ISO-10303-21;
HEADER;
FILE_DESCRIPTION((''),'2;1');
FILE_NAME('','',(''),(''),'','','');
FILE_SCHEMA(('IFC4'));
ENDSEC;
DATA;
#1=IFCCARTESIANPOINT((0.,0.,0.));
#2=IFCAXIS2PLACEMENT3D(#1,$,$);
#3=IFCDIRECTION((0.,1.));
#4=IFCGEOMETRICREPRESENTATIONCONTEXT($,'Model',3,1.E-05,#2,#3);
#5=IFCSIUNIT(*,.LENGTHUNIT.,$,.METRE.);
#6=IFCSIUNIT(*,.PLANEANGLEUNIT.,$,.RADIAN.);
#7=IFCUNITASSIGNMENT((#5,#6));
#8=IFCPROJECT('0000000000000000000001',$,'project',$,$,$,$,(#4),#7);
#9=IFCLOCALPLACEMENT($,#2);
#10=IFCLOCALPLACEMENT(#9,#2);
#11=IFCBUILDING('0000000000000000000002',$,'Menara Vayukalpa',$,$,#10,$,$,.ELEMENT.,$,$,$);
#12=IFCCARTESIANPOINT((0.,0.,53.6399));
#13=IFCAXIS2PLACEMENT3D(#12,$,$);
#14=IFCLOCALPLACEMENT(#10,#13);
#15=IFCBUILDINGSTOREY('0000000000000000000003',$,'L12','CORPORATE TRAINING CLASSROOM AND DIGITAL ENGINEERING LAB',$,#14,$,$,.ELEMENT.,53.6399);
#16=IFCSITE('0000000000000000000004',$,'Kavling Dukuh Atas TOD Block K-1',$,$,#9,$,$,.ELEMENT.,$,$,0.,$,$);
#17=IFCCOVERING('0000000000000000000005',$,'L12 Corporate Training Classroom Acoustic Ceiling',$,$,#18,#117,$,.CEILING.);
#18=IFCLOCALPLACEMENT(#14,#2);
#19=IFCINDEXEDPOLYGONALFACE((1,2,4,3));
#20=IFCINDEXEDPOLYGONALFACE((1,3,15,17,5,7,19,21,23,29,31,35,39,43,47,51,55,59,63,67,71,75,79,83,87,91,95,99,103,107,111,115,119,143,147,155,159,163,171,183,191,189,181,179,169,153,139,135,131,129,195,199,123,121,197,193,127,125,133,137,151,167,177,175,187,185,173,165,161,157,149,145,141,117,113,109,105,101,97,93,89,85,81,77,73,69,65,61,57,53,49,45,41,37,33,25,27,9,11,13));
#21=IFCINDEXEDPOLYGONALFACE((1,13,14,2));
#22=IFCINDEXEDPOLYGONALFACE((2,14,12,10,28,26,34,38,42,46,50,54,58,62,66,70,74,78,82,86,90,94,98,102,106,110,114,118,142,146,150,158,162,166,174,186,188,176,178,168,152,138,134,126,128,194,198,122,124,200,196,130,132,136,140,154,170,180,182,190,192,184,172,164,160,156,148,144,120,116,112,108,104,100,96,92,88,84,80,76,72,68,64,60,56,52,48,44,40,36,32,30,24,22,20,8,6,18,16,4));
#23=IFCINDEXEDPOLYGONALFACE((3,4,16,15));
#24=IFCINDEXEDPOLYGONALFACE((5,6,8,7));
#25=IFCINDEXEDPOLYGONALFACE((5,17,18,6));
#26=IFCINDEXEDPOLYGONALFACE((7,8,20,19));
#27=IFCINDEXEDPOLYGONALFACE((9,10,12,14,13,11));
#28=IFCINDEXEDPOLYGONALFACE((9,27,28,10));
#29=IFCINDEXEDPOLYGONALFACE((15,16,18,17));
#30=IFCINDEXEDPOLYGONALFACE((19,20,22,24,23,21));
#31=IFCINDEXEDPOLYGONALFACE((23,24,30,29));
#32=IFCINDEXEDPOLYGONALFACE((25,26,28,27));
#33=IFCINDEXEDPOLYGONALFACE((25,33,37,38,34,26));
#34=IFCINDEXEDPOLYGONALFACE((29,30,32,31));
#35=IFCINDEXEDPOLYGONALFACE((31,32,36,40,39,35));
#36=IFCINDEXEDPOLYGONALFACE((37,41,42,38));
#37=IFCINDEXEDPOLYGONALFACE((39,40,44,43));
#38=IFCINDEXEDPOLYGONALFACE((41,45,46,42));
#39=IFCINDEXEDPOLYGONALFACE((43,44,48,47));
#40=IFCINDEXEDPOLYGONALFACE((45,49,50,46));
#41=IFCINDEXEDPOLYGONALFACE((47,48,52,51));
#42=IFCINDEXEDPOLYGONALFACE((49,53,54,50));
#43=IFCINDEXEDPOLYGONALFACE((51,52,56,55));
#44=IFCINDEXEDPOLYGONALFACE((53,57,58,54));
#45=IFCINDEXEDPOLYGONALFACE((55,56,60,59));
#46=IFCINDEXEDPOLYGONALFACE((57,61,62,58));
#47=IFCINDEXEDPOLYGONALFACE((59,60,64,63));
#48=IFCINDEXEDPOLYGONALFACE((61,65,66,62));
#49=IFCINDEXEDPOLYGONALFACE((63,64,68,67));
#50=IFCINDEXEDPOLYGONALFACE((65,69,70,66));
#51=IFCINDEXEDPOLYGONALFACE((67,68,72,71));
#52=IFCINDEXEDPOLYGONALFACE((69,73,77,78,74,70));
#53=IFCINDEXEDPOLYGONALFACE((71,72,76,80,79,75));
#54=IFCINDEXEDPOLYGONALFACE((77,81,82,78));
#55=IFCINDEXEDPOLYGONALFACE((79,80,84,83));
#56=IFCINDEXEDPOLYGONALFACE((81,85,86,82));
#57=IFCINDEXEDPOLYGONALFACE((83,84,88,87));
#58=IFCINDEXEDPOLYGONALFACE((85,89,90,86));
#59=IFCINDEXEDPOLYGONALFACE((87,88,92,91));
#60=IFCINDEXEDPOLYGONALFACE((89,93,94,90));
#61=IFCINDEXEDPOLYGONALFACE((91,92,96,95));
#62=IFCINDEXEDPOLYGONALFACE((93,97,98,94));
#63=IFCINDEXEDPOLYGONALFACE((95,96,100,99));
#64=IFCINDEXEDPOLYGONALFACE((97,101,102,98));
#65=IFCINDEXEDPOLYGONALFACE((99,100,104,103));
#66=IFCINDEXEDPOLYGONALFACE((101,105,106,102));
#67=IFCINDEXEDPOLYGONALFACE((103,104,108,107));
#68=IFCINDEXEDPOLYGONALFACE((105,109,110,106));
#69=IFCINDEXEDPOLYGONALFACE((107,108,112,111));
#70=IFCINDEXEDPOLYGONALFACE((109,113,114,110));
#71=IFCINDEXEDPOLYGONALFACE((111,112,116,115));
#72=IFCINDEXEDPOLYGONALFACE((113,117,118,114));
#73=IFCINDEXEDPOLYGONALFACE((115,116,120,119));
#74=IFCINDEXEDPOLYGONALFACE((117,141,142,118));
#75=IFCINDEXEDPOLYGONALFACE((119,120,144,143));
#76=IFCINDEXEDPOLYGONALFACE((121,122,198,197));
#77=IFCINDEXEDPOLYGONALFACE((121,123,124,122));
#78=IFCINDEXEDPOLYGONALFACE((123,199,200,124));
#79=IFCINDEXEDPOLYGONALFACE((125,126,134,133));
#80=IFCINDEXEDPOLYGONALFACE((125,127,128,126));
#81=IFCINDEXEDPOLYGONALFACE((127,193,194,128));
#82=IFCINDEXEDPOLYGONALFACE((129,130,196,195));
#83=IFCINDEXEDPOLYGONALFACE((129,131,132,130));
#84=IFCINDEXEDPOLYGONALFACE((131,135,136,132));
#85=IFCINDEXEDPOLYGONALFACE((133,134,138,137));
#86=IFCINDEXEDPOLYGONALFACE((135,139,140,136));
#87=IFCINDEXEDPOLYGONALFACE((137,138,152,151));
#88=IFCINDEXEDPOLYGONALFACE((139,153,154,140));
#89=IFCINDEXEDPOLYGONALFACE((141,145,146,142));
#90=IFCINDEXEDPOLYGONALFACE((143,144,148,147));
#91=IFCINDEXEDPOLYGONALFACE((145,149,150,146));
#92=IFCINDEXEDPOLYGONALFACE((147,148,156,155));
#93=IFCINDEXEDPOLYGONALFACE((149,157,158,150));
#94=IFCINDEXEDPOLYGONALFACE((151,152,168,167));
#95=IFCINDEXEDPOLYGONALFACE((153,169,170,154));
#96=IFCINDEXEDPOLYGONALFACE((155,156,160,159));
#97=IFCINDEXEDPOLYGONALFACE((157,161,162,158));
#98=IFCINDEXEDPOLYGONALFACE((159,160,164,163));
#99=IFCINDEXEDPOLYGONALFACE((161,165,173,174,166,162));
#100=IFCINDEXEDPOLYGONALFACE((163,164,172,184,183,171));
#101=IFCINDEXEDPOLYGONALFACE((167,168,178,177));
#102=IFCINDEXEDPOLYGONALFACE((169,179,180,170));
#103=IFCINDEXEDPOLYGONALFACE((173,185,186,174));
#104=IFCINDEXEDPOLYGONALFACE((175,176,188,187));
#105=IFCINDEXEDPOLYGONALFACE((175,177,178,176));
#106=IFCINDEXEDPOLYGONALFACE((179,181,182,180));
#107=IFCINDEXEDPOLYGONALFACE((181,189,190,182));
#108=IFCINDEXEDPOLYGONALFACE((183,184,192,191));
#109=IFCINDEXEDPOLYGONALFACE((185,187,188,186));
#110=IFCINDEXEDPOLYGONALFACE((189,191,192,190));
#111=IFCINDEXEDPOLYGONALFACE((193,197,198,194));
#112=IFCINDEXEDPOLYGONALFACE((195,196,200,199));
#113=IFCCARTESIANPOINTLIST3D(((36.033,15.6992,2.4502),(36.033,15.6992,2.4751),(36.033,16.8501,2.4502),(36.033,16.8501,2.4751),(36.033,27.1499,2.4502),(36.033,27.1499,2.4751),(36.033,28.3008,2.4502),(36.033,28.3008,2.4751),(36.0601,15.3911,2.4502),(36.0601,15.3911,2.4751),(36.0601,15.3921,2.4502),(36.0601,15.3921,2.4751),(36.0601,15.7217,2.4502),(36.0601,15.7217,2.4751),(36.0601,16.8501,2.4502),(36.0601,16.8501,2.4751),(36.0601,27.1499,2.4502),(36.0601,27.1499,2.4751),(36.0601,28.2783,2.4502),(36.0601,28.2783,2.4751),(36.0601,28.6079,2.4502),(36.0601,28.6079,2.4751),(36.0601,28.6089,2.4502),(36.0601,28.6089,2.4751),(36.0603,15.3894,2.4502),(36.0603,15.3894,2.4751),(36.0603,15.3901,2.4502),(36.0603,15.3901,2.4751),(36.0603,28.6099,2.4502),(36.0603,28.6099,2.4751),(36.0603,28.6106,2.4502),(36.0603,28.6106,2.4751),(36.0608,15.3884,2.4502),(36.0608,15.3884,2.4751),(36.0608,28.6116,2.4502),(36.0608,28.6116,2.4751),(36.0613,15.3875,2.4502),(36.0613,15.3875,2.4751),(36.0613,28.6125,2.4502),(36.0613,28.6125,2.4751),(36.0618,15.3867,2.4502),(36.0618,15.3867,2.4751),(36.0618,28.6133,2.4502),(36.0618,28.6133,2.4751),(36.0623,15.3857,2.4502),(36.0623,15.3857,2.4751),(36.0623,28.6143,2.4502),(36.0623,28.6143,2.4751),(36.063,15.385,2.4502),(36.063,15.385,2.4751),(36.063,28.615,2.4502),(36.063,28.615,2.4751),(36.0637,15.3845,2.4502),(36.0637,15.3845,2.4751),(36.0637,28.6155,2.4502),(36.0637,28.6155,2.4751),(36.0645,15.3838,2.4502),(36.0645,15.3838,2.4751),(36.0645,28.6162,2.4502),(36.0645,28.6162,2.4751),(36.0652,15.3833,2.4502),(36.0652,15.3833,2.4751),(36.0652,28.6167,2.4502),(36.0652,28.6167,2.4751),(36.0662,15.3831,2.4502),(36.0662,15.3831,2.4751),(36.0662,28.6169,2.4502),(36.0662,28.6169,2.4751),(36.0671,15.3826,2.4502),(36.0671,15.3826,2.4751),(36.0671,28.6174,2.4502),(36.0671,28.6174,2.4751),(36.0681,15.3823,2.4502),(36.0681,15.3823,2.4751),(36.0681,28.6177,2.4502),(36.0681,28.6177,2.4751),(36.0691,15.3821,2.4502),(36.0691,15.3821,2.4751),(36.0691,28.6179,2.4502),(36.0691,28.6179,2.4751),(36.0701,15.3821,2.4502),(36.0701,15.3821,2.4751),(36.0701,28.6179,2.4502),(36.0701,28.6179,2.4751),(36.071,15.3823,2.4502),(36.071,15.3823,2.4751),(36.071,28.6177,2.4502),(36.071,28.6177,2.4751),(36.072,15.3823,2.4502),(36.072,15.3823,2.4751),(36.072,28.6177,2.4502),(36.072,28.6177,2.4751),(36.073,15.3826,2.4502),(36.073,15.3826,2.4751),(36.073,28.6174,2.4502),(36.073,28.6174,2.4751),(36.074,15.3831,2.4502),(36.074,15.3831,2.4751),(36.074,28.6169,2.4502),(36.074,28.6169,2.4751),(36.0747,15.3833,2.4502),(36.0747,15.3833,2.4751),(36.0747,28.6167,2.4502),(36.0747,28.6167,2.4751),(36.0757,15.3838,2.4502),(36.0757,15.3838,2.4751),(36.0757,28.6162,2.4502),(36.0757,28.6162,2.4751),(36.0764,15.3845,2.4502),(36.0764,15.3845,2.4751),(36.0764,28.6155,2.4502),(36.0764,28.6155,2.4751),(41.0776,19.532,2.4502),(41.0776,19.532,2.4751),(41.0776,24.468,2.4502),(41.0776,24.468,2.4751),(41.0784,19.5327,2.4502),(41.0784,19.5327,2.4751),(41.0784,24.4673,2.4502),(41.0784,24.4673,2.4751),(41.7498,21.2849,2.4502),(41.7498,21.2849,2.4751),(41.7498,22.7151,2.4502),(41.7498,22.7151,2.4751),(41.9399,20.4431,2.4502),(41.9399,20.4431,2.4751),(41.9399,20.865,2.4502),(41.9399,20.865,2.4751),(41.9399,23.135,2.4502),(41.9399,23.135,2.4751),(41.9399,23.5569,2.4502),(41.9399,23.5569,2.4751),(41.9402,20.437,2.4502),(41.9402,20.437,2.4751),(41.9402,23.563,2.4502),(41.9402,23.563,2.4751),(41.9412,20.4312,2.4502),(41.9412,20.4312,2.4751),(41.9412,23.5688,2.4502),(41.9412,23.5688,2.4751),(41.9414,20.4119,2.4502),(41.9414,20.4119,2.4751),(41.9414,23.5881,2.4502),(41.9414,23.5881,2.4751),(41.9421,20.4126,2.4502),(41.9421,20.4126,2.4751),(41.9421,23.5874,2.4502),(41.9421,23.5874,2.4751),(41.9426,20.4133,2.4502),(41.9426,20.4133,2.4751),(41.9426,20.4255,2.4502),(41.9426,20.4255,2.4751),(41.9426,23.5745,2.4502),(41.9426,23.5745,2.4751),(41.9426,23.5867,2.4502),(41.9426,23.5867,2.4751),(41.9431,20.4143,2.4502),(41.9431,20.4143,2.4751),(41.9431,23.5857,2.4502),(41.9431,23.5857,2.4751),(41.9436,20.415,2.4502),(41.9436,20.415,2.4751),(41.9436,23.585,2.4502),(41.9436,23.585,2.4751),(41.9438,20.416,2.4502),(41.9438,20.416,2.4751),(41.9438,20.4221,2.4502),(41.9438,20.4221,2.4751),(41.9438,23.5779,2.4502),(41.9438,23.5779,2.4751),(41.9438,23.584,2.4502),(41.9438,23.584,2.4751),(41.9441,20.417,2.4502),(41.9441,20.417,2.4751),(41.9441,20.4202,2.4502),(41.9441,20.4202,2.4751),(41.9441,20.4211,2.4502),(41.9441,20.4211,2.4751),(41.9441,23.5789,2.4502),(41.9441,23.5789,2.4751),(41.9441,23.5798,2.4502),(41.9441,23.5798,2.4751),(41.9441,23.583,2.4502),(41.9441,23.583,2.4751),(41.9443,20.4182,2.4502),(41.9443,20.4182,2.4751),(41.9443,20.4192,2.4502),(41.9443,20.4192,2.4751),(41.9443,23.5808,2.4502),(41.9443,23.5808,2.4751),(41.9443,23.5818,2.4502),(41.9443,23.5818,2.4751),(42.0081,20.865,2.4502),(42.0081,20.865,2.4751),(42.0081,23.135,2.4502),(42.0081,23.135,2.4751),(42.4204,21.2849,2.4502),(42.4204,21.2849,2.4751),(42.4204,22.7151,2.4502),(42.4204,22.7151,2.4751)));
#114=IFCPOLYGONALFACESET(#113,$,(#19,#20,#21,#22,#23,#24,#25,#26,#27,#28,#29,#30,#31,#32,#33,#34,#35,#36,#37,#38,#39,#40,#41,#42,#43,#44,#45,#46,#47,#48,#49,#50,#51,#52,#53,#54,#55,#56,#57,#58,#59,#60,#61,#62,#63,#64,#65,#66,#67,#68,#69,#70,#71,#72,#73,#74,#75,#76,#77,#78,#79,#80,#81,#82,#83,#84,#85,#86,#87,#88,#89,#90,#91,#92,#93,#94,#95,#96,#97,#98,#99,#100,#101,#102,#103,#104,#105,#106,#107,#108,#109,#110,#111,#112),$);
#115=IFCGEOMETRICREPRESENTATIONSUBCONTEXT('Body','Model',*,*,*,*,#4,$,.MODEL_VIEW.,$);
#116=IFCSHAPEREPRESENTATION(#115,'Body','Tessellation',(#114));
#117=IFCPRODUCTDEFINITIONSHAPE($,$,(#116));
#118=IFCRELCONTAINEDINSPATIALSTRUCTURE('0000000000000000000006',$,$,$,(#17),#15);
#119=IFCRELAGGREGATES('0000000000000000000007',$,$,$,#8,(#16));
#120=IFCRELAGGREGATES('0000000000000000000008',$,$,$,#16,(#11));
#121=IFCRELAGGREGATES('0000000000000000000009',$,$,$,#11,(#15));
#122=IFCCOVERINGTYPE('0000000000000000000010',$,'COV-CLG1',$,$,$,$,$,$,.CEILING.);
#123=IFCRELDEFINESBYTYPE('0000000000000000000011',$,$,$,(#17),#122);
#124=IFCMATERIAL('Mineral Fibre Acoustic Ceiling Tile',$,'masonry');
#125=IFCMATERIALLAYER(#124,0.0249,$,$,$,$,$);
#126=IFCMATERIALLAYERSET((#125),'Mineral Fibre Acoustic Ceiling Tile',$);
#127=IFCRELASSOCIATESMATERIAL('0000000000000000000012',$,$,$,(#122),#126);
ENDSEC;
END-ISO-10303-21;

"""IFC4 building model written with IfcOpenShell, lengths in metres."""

from ifc_helpers import new_model, si_unit, direction, frame, origin, place, context, subcontext, project, spatial, polyline, outline, extrude, material, layer, layer_set, type_object, element, save


model = new_model("IFC4")

# Units and contexts
model_context = context("Model", 3, precision=1e-05, world=origin(), true_north=direction((0.0, 1.0)))
body_context = subcontext(model_context, "Body", "Model", "MODEL_VIEW")
ifc_project = project(units=[si_unit("LENGTHUNIT", "METRE"), si_unit("PLANEANGLEUNIT", "RADIAN")], contexts=[model_context])

# Site, building, storey
site_placement = place(None, origin())
site = spatial("IfcSite", under=ifc_project, at=site_placement, Name="Kavling Dukuh Atas TOD Block K-1", CompositionType="ELEMENT", RefElevation=0.0)
building_placement = place(site_placement, origin())
building = spatial("IfcBuilding", under=site, at=building_placement, Name="Menara Vayukalpa", CompositionType="ELEMENT")
storey_placement = place(building_placement, frame((0.0, 0.0, 53.6399)))
storey = spatial("IfcBuildingStorey", under=building, at=storey_placement, Name="L12", Description="CORPORATE TRAINING CLASSROOM AND DIGITAL ENGINEERING LAB", CompositionType="ELEMENT", Elevation=53.6399)

# Covering
ifc_material_1 = material(Name="Mineral Fibre Acoustic Ceiling Tile", Category="masonry")
ifc_layer_1 = layer(ifc_material_1, 0.0249)
ifc_layer_set_1 = layer_set([ifc_layer_1], Name="Mineral Fibre Acoustic Ceiling Tile")
covering_type_1 = type_object("IfcCoveringType", Name="COV-CLG1", PredefinedType="CEILING", material=ifc_layer_set_1)
covering_1_placement = place(storey_placement, frame((0.0, 0.0, 2.4502)))
element("IfcCovering", 1, at=covering_1_placement, inside=storey, type_object=covering_type_1, Name="L12 Corporate Training Classroom Acoustic Ceiling", PredefinedType="CEILING", context=body_context, shape_type="SweptSolid", body=[
    extrude(outline(polyline([(36.0601, 27.1499), (36.033, 27.1499), (36.033, 28.3008), (36.0601, 28.2783), (36.0601, 28.6079), (36.0601, 28.6089), (36.0603, 28.6099), (36.0603, 28.6106), (36.0608, 28.6116), (36.0613, 28.6125), (36.0618, 28.6133), (36.0623, 28.6143), (36.063, 28.615), (36.0637, 28.6155), (36.0645, 28.6162), (36.0652, 28.6167), (36.0662, 28.6169), (36.0671, 28.6174), (36.0681, 28.6177), (36.0691, 28.6179), (36.0701, 28.6179), (36.071, 28.6177), (36.072, 28.6177), (36.073, 28.6174), (36.074, 28.6169), (36.0747, 28.6167), (36.0757, 28.6162), (36.0764, 28.6155), (41.0776, 24.468), (41.0784, 24.4673), (41.9414, 23.5881), (41.9421, 23.5874), (41.9426, 23.5867), (41.9431, 23.5857), (41.9436, 23.585), (41.9438, 23.584), (41.9441, 23.583), (41.9443, 23.5818), (41.9443, 23.5808), (41.9441, 23.5798), (41.9441, 23.5789), (41.9438, 23.5779), (41.9426, 23.5745), (41.9412, 23.5688), (41.9402, 23.563), (41.9399, 23.5569), (41.9399, 23.135), (42.0081, 23.135), (42.4204, 22.7151), (41.7498, 22.7151), (41.7498, 21.2849), (42.4204, 21.2849), (42.0081, 20.865), (41.9399, 20.865), (41.9399, 20.4431), (41.9402, 20.437), (41.9412, 20.4312), (41.9426, 20.4255), (41.9438, 20.4221), (41.9441, 20.4211), (41.9441, 20.4202), (41.9443, 20.4192), (41.9443, 20.4182), (41.9441, 20.417), (41.9438, 20.416), (41.9436, 20.415), (41.9431, 20.4143), (41.9426, 20.4133), (41.9421, 20.4126), (41.9414, 20.4119), (41.0784, 19.5327), (41.0776, 19.532), (36.0764, 15.3845), (36.0757, 15.3838), (36.0747, 15.3833), (36.074, 15.3831), (36.073, 15.3826), (36.072, 15.3823), (36.071, 15.3823), (36.0701, 15.3821), (36.0691, 15.3821), (36.0681, 15.3823), (36.0671, 15.3826), (36.0662, 15.3831), (36.0652, 15.3833), (36.0645, 15.3838), (36.0637, 15.3845), (36.063, 15.385), (36.0623, 15.3857), (36.0618, 15.3867), (36.0613, 15.3875), (36.0608, 15.3884), (36.0603, 15.3894), (36.0603, 15.3901), (36.0601, 15.3911), (36.0601, 15.3921), (36.0601, 15.7217), (36.033, 15.6992), (36.033, 16.8501), (36.0601, 16.8501), (36.0601, 27.1499)])), origin(), (0.0, 0.0, 1.0), 0.0249),
])

save(model, "model.ifc")
